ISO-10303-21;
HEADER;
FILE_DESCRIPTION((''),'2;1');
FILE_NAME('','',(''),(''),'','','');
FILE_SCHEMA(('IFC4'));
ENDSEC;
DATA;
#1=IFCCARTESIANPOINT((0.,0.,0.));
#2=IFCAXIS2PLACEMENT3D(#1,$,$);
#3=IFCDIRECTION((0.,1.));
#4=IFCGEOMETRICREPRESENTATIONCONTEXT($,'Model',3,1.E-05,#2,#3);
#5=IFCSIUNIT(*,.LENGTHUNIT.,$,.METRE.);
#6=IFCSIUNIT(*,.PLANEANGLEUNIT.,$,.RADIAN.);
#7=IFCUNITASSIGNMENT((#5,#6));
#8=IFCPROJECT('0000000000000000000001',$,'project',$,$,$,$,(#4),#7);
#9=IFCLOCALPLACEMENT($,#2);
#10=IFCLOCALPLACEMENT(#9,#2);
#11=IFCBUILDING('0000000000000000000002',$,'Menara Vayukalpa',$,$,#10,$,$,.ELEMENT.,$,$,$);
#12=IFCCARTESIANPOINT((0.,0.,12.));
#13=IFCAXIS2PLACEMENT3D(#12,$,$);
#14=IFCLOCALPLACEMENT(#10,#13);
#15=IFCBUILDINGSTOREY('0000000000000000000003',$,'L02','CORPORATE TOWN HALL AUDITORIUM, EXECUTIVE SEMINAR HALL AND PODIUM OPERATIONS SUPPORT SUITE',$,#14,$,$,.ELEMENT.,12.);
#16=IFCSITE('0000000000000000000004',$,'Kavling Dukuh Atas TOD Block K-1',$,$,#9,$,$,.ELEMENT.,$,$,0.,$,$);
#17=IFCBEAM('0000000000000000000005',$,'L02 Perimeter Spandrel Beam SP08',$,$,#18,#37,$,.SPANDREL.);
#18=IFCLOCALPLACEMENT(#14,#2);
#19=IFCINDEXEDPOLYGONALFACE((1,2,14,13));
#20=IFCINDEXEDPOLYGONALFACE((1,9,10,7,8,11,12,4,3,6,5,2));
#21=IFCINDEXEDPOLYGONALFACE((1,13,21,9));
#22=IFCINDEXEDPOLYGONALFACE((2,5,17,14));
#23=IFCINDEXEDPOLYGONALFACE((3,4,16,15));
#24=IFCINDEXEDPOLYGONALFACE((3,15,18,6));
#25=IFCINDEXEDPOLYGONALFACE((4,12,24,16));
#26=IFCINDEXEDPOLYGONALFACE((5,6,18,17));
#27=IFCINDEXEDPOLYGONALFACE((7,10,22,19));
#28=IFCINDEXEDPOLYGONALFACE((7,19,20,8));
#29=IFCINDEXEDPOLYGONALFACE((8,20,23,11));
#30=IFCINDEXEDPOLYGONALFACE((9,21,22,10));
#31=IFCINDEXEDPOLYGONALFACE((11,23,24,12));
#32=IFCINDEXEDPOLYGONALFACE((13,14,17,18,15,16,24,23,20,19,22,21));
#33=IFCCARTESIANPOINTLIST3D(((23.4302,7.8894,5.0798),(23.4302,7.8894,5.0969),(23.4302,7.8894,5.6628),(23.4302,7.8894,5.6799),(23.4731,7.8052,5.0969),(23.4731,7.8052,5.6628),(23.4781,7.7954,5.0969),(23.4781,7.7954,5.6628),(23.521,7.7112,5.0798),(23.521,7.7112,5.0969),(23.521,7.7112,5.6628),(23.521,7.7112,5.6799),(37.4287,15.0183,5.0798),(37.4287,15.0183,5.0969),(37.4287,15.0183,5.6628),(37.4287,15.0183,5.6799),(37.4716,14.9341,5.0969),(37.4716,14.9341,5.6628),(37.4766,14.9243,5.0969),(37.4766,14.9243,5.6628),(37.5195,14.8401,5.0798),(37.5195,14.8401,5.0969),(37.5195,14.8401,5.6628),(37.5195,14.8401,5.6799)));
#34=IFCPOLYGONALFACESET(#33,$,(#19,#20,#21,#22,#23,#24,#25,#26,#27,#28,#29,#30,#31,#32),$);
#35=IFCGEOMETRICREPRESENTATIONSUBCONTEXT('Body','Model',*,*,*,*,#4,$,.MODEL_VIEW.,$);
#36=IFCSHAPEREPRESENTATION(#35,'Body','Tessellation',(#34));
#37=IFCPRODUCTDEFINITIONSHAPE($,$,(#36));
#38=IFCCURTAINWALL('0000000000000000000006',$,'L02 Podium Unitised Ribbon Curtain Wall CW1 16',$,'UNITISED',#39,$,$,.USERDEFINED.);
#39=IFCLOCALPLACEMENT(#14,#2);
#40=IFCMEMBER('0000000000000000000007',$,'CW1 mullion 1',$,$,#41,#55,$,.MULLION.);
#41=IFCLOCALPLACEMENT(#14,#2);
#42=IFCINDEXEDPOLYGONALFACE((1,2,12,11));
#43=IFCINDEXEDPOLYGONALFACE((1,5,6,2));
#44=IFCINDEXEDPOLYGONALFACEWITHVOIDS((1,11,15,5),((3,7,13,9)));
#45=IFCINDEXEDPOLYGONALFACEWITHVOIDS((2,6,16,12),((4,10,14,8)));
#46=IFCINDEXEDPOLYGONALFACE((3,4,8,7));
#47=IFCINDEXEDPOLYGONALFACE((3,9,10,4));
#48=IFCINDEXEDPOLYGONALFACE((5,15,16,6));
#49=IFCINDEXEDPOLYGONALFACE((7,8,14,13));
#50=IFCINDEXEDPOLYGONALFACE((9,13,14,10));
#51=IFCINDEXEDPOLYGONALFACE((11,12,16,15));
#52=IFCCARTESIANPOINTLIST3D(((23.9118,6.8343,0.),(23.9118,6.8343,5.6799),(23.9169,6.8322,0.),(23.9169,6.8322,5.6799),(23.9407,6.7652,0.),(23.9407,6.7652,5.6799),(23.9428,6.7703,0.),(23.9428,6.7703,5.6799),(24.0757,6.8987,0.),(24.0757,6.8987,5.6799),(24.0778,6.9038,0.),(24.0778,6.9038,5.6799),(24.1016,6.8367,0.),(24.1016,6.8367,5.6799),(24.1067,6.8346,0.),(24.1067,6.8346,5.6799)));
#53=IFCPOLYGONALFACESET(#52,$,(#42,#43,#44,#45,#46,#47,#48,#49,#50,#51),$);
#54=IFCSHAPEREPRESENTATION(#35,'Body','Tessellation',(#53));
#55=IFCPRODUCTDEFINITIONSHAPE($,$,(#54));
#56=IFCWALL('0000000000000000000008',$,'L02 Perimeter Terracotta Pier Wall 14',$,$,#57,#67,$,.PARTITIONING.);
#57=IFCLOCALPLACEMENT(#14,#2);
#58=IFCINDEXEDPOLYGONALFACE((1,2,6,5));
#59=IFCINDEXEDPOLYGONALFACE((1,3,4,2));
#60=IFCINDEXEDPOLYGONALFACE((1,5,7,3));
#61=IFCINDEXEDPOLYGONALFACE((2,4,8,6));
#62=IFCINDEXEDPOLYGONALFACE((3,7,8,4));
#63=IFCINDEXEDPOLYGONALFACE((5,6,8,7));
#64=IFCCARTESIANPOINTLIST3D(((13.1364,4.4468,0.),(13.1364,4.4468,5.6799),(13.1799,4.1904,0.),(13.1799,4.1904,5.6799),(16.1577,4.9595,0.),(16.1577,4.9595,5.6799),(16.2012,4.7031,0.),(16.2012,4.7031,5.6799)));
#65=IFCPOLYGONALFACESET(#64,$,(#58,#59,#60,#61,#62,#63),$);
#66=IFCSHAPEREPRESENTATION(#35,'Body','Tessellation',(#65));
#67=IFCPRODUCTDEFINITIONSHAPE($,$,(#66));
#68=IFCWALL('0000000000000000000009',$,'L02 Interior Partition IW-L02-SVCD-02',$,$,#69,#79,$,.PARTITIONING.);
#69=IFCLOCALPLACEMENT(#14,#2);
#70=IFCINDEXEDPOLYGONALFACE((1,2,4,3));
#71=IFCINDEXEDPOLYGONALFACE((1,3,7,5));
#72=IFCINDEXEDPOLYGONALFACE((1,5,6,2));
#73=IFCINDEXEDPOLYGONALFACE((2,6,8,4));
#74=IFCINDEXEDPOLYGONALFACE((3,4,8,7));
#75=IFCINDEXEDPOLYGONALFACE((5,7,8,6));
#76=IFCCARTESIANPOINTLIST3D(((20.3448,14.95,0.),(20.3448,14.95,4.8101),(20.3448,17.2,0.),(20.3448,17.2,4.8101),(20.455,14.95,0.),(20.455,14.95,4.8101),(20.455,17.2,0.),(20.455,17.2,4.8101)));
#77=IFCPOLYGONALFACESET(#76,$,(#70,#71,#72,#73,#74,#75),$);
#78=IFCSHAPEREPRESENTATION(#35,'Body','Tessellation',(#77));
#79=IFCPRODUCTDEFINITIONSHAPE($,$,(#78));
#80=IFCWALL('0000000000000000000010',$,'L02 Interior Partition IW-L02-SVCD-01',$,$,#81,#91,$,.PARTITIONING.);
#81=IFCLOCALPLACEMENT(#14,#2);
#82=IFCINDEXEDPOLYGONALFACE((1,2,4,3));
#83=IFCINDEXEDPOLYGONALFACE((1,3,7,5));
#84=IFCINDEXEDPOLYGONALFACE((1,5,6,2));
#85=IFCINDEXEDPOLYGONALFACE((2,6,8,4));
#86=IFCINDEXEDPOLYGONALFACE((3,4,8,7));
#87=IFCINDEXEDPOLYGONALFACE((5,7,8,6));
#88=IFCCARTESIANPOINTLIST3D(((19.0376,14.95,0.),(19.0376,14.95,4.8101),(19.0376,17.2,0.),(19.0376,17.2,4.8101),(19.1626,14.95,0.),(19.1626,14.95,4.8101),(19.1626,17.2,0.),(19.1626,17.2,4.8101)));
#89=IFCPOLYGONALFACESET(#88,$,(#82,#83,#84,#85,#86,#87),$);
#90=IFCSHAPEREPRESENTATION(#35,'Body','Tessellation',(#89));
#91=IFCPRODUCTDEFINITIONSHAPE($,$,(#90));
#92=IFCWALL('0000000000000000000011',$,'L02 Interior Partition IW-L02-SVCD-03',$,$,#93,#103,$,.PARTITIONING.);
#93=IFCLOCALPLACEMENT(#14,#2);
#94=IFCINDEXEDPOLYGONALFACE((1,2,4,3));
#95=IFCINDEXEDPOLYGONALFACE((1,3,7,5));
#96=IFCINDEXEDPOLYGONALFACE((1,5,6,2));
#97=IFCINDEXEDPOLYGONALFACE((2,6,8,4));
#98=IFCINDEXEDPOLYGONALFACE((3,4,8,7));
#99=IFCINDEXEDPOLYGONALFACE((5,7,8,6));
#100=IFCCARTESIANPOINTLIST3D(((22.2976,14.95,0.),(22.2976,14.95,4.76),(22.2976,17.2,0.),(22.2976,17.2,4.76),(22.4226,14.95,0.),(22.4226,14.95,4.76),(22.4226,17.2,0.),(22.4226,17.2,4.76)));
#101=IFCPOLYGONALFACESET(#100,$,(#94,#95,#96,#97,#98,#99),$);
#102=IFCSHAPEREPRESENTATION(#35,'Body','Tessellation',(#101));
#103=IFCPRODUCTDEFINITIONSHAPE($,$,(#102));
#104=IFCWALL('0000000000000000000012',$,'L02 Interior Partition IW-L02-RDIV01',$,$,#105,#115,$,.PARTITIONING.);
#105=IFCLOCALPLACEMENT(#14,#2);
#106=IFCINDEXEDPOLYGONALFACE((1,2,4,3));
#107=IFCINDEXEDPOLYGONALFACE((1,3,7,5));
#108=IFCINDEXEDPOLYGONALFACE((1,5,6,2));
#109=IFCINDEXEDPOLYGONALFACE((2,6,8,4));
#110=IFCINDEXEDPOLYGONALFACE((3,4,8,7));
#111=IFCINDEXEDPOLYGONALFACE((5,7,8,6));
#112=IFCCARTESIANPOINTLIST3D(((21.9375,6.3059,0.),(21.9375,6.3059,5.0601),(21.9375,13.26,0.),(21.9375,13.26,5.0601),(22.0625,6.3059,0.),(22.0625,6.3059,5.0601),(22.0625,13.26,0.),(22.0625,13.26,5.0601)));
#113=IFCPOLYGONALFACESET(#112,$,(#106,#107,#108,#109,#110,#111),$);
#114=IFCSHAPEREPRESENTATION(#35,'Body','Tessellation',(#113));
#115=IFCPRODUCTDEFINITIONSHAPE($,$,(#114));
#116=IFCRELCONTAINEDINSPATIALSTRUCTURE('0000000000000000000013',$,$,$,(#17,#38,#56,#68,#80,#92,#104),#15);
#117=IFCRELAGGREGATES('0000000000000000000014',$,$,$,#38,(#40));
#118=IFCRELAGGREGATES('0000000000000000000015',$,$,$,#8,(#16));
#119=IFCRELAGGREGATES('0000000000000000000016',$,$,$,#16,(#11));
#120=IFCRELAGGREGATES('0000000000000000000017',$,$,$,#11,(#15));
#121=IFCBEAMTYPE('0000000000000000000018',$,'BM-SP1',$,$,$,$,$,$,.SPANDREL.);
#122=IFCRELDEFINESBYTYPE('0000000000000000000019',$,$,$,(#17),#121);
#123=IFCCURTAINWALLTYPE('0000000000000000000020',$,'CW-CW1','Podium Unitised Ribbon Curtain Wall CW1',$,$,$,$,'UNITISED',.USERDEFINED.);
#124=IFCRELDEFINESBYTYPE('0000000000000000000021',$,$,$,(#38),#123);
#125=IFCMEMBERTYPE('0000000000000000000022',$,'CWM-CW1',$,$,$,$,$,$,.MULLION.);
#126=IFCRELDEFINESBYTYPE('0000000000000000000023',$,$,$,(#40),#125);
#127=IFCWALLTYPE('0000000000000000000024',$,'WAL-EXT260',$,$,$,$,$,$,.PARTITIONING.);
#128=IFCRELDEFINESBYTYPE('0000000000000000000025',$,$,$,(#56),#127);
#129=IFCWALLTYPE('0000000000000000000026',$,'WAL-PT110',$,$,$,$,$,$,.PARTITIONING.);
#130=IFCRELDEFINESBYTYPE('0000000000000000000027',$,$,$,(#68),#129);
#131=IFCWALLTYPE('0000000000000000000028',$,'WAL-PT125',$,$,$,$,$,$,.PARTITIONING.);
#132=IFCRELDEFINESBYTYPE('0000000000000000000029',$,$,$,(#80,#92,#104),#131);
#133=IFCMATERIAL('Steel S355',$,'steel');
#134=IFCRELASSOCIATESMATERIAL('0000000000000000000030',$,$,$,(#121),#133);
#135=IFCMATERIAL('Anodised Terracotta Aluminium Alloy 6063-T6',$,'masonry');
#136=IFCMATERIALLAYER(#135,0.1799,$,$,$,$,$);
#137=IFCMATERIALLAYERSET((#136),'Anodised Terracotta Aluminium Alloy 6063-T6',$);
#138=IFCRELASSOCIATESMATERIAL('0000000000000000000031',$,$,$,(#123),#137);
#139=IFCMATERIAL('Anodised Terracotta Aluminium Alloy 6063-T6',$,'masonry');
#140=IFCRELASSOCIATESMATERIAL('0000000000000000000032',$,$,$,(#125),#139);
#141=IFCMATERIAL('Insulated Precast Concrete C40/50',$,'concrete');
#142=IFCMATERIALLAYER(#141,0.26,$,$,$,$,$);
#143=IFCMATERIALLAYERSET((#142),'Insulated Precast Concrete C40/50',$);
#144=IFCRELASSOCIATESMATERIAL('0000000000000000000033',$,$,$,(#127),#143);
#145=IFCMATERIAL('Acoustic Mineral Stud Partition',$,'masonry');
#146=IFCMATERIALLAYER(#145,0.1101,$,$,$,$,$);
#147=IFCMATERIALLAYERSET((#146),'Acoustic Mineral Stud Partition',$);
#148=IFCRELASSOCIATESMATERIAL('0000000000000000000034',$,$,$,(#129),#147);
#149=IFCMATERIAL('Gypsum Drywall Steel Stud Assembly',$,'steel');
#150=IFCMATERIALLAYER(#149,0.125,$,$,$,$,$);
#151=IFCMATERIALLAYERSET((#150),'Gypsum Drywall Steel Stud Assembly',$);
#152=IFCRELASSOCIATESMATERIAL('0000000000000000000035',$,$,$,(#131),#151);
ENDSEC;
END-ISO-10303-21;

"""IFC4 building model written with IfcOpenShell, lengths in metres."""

from ifc_helpers import new_model, si_unit, direction, frame, frame_2d, origin, origin_2d, place, context, subcontext, project, spatial, rectangle, hollow_rectangle, i_section, extrude, material, layer, layer_set, material_profile, profile_set, type_object, element, aggregate, save


model = new_model("IFC4")

# Units and contexts
model_context = context("Model", 3, precision=1e-05, world=origin(), true_north=direction((0.0, 1.0)))
body_context = subcontext(model_context, "Body", "Model", "MODEL_VIEW")
ifc_project = project(units=[si_unit("LENGTHUNIT", "METRE"), si_unit("PLANEANGLEUNIT", "RADIAN")], contexts=[model_context])

# Site, building, storey
site_placement = place(None, origin())
site = spatial("IfcSite", under=ifc_project, at=site_placement, Name="Kavling Dukuh Atas TOD Block K-1", CompositionType="ELEMENT", RefElevation=0.0)
building_placement = place(site_placement, origin())
building = spatial("IfcBuilding", under=site, at=building_placement, Name="Menara Vayukalpa", CompositionType="ELEMENT")
storey_placement = place(building_placement, frame((0.0, 0.0, 12.0)))
storey = spatial("IfcBuildingStorey", under=building, at=storey_placement, Name="L02", Description="CORPORATE TOWN HALL AUDITORIUM, EXECUTIVE SEMINAR HALL AND PODIUM OPERATIONS SUPPORT SUITE", CompositionType="ELEMENT", Elevation=12.0)

# Beam
ifc_material_1 = material(Name="Steel S355", Category="steel")
ifc_material_profile_1 = material_profile(ifc_material_1, i_section(OverallWidth=0.2, OverallDepth=0.6001, WebThickness=0.011, FlangeThickness=0.0171, at=origin_2d()), Name="WF 600x200x11x17")
ifc_profile_set_1 = profile_set([ifc_material_profile_1], Name="Steel S355")
beam_type_1 = type_object("IfcBeamType", Name="BM-SP1", PredefinedType="SPANDREL", material=ifc_profile_set_1)
beam_1_placement = place(storey_placement, frame((23.4756, 7.8003, 5.3799), z_axis=(0.891102, 0.453803, 0.0), x_axis=(-0.453803, 0.891102, 0.0)))
element("IfcBeam", 1, at=beam_1_placement, inside=storey, type_object=beam_type_1, Name="L02 Perimeter Spandrel Beam SP08", PredefinedType="SPANDREL", context=body_context, shape_type="SweptSolid", body=[
    extrude(i_section(OverallWidth=0.2, OverallDepth=0.6001, WebThickness=0.011, FlangeThickness=0.0171, at=origin_2d()), origin(), (0.0, 0.0, 1.0), 15.7092),
])

# Curtain wall, member
ifc_material_2 = material(Name="Anodised Terracotta Aluminium Alloy 6063-T6", Category="masonry")
ifc_layer_1 = layer(ifc_material_2, 0.1799)
ifc_layer_set_1 = layer_set([ifc_layer_1], Name="Anodised Terracotta Aluminium Alloy 6063-T6")
curtain_wall_type = type_object("IfcCurtainWallType", Name="CW-CW1", Description="Podium Unitised Ribbon Curtain Wall CW1", ElementType="UNITISED", PredefinedType="USERDEFINED", material=ifc_layer_set_1)
curtain_wall_placement = place(storey_placement, origin())
curtain_wall = element("IfcCurtainWall", 2, at=curtain_wall_placement, inside=storey, type_object=curtain_wall_type, Name="L02 Podium Unitised Ribbon Curtain Wall CW1 16", ObjectType="UNITISED", PredefinedType="USERDEFINED")
ifc_material_3 = material(Name="Anodised Terracotta Aluminium Alloy 6063-T6", Category="masonry")
ifc_material_profile_2 = material_profile(ifc_material_3, hollow_rectangle(XDim=0.075, YDim=0.1799, WallThickness=0.0039, at=origin_2d()), Name="ALU 75x180x4")
ifc_profile_set_2 = profile_set([ifc_material_profile_2], Name="Anodised Terracotta Aluminium Alloy 6063-T6")
member_type = type_object("IfcMemberType", Name="CWM-CW1", PredefinedType="MULLION", material=ifc_profile_set_2)
member_placement = place(storey_placement, frame((24.0093, 6.8345, 0.0), z_axis=(0.0, 0.0, 1.0), x_axis=(-0.385891, 0.922545, 0.0)))
member = element("IfcMember", 3, at=member_placement, type_object=member_type, Name="CW1 mullion 1", PredefinedType="MULLION", context=body_context, shape_type="SweptSolid", body=[
    extrude(hollow_rectangle(XDim=0.075, YDim=0.1799, WallThickness=0.0039, at=origin_2d()), origin(), (0.0, 0.0, 1.0), 5.6799),
])
aggregate(curtain_wall, [member])

# Walls
ifc_material_4 = material(Name="Insulated Precast Concrete C40/50", Category="concrete")
ifc_layer_2 = layer(ifc_material_4, 0.26)
ifc_layer_set_2 = layer_set([ifc_layer_2], Name="Insulated Precast Concrete C40/50")
wall_type_1 = type_object("IfcWallType", Name="WAL-EXT260", PredefinedType="PARTITIONING", material=ifc_layer_set_2)
wall_1_placement = place(storey_placement, frame((16.1794, 4.8313, 0.0), z_axis=(0.0, 0.0, 1.0), x_axis=(-0.985905, -0.167305, 0.0)))
element("IfcWall", 4, at=wall_1_placement, inside=storey, type_object=wall_type_1, Name="L02 Perimeter Terracotta Pier Wall 14", PredefinedType="PARTITIONING", context=body_context, shape_type="SweptSolid", body=[
    extrude(rectangle(XDim=3.0645, YDim=0.26, at=frame_2d((1.5322, 0.0))), origin(), (0.0, 0.0, 1.0), 5.6799),
])
ifc_material_5 = material(Name="Acoustic Mineral Stud Partition", Category="masonry")
ifc_layer_3 = layer(ifc_material_5, 0.1101)
ifc_layer_set_3 = layer_set([ifc_layer_3], Name="Acoustic Mineral Stud Partition")
wall_type_2 = type_object("IfcWallType", Name="WAL-PT110", PredefinedType="PARTITIONING", material=ifc_layer_set_3)
wall_2_placement = place(storey_placement, frame((20.3999, 14.95, 0.0), z_axis=(0.0, 0.0, 1.0), x_axis=(0.0, 1.0, 0.0)))
element("IfcWall", 5, at=wall_2_placement, inside=storey, type_object=wall_type_2, Name="L02 Interior Partition IW-L02-SVCD-02", PredefinedType="PARTITIONING", context=body_context, shape_type="SweptSolid", body=[
    extrude(rectangle(XDim=2.25, YDim=0.1101, at=frame_2d((1.125, 0.0))), origin(), (0.0, 0.0, 1.0), 4.8101),
])
ifc_material_6 = material(Name="Gypsum Drywall Steel Stud Assembly", Category="steel")
ifc_layer_4 = layer(ifc_material_6, 0.125)
ifc_layer_set_4 = layer_set([ifc_layer_4], Name="Gypsum Drywall Steel Stud Assembly")
wall_type_3 = type_object("IfcWallType", Name="WAL-PT125", PredefinedType="PARTITIONING", material=ifc_layer_set_4)
wall_3_placement = place(storey_placement, frame((19.1001, 14.95, 0.0), z_axis=(0.0, 0.0, 1.0), x_axis=(0.0, 1.0, 0.0)))
element("IfcWall", 6, at=wall_3_placement, inside=storey, type_object=wall_type_3, Name="L02 Interior Partition IW-L02-SVCD-01", PredefinedType="PARTITIONING", context=body_context, shape_type="SweptSolid", body=[
    extrude(rectangle(XDim=2.25, YDim=0.125, at=frame_2d((1.125, 0.0))), origin(), (0.0, 0.0, 1.0), 4.8101),
])
wall_4_placement = place(storey_placement, frame((22.3601, 14.95, 0.0), z_axis=(0.0, 0.0, 1.0), x_axis=(0.0, 1.0, 0.0)))
element("IfcWall", 7, at=wall_4_placement, inside=storey, type_object=wall_type_3, Name="L02 Interior Partition IW-L02-SVCD-03", PredefinedType="PARTITIONING", context=body_context, shape_type="SweptSolid", body=[
    extrude(rectangle(XDim=2.25, YDim=0.125, at=frame_2d((1.125, 0.0))), origin(), (0.0, 0.0, 1.0), 4.76),
])
wall_5_placement = place(storey_placement, frame((22.0, 6.3059, 0.0), z_axis=(0.0, 0.0, 1.0), x_axis=(0.0, 1.0, 0.0)))
element("IfcWall", 8, at=wall_5_placement, inside=storey, type_object=wall_type_3, Name="L02 Interior Partition IW-L02-RDIV01", PredefinedType="PARTITIONING", context=body_context, shape_type="SweptSolid", body=[
    extrude(rectangle(XDim=6.9541, YDim=0.125, at=frame_2d((3.4771, 0.0))), origin(), (0.0, 0.0, 1.0), 5.0601),
])

save(model, "model.ifc")
